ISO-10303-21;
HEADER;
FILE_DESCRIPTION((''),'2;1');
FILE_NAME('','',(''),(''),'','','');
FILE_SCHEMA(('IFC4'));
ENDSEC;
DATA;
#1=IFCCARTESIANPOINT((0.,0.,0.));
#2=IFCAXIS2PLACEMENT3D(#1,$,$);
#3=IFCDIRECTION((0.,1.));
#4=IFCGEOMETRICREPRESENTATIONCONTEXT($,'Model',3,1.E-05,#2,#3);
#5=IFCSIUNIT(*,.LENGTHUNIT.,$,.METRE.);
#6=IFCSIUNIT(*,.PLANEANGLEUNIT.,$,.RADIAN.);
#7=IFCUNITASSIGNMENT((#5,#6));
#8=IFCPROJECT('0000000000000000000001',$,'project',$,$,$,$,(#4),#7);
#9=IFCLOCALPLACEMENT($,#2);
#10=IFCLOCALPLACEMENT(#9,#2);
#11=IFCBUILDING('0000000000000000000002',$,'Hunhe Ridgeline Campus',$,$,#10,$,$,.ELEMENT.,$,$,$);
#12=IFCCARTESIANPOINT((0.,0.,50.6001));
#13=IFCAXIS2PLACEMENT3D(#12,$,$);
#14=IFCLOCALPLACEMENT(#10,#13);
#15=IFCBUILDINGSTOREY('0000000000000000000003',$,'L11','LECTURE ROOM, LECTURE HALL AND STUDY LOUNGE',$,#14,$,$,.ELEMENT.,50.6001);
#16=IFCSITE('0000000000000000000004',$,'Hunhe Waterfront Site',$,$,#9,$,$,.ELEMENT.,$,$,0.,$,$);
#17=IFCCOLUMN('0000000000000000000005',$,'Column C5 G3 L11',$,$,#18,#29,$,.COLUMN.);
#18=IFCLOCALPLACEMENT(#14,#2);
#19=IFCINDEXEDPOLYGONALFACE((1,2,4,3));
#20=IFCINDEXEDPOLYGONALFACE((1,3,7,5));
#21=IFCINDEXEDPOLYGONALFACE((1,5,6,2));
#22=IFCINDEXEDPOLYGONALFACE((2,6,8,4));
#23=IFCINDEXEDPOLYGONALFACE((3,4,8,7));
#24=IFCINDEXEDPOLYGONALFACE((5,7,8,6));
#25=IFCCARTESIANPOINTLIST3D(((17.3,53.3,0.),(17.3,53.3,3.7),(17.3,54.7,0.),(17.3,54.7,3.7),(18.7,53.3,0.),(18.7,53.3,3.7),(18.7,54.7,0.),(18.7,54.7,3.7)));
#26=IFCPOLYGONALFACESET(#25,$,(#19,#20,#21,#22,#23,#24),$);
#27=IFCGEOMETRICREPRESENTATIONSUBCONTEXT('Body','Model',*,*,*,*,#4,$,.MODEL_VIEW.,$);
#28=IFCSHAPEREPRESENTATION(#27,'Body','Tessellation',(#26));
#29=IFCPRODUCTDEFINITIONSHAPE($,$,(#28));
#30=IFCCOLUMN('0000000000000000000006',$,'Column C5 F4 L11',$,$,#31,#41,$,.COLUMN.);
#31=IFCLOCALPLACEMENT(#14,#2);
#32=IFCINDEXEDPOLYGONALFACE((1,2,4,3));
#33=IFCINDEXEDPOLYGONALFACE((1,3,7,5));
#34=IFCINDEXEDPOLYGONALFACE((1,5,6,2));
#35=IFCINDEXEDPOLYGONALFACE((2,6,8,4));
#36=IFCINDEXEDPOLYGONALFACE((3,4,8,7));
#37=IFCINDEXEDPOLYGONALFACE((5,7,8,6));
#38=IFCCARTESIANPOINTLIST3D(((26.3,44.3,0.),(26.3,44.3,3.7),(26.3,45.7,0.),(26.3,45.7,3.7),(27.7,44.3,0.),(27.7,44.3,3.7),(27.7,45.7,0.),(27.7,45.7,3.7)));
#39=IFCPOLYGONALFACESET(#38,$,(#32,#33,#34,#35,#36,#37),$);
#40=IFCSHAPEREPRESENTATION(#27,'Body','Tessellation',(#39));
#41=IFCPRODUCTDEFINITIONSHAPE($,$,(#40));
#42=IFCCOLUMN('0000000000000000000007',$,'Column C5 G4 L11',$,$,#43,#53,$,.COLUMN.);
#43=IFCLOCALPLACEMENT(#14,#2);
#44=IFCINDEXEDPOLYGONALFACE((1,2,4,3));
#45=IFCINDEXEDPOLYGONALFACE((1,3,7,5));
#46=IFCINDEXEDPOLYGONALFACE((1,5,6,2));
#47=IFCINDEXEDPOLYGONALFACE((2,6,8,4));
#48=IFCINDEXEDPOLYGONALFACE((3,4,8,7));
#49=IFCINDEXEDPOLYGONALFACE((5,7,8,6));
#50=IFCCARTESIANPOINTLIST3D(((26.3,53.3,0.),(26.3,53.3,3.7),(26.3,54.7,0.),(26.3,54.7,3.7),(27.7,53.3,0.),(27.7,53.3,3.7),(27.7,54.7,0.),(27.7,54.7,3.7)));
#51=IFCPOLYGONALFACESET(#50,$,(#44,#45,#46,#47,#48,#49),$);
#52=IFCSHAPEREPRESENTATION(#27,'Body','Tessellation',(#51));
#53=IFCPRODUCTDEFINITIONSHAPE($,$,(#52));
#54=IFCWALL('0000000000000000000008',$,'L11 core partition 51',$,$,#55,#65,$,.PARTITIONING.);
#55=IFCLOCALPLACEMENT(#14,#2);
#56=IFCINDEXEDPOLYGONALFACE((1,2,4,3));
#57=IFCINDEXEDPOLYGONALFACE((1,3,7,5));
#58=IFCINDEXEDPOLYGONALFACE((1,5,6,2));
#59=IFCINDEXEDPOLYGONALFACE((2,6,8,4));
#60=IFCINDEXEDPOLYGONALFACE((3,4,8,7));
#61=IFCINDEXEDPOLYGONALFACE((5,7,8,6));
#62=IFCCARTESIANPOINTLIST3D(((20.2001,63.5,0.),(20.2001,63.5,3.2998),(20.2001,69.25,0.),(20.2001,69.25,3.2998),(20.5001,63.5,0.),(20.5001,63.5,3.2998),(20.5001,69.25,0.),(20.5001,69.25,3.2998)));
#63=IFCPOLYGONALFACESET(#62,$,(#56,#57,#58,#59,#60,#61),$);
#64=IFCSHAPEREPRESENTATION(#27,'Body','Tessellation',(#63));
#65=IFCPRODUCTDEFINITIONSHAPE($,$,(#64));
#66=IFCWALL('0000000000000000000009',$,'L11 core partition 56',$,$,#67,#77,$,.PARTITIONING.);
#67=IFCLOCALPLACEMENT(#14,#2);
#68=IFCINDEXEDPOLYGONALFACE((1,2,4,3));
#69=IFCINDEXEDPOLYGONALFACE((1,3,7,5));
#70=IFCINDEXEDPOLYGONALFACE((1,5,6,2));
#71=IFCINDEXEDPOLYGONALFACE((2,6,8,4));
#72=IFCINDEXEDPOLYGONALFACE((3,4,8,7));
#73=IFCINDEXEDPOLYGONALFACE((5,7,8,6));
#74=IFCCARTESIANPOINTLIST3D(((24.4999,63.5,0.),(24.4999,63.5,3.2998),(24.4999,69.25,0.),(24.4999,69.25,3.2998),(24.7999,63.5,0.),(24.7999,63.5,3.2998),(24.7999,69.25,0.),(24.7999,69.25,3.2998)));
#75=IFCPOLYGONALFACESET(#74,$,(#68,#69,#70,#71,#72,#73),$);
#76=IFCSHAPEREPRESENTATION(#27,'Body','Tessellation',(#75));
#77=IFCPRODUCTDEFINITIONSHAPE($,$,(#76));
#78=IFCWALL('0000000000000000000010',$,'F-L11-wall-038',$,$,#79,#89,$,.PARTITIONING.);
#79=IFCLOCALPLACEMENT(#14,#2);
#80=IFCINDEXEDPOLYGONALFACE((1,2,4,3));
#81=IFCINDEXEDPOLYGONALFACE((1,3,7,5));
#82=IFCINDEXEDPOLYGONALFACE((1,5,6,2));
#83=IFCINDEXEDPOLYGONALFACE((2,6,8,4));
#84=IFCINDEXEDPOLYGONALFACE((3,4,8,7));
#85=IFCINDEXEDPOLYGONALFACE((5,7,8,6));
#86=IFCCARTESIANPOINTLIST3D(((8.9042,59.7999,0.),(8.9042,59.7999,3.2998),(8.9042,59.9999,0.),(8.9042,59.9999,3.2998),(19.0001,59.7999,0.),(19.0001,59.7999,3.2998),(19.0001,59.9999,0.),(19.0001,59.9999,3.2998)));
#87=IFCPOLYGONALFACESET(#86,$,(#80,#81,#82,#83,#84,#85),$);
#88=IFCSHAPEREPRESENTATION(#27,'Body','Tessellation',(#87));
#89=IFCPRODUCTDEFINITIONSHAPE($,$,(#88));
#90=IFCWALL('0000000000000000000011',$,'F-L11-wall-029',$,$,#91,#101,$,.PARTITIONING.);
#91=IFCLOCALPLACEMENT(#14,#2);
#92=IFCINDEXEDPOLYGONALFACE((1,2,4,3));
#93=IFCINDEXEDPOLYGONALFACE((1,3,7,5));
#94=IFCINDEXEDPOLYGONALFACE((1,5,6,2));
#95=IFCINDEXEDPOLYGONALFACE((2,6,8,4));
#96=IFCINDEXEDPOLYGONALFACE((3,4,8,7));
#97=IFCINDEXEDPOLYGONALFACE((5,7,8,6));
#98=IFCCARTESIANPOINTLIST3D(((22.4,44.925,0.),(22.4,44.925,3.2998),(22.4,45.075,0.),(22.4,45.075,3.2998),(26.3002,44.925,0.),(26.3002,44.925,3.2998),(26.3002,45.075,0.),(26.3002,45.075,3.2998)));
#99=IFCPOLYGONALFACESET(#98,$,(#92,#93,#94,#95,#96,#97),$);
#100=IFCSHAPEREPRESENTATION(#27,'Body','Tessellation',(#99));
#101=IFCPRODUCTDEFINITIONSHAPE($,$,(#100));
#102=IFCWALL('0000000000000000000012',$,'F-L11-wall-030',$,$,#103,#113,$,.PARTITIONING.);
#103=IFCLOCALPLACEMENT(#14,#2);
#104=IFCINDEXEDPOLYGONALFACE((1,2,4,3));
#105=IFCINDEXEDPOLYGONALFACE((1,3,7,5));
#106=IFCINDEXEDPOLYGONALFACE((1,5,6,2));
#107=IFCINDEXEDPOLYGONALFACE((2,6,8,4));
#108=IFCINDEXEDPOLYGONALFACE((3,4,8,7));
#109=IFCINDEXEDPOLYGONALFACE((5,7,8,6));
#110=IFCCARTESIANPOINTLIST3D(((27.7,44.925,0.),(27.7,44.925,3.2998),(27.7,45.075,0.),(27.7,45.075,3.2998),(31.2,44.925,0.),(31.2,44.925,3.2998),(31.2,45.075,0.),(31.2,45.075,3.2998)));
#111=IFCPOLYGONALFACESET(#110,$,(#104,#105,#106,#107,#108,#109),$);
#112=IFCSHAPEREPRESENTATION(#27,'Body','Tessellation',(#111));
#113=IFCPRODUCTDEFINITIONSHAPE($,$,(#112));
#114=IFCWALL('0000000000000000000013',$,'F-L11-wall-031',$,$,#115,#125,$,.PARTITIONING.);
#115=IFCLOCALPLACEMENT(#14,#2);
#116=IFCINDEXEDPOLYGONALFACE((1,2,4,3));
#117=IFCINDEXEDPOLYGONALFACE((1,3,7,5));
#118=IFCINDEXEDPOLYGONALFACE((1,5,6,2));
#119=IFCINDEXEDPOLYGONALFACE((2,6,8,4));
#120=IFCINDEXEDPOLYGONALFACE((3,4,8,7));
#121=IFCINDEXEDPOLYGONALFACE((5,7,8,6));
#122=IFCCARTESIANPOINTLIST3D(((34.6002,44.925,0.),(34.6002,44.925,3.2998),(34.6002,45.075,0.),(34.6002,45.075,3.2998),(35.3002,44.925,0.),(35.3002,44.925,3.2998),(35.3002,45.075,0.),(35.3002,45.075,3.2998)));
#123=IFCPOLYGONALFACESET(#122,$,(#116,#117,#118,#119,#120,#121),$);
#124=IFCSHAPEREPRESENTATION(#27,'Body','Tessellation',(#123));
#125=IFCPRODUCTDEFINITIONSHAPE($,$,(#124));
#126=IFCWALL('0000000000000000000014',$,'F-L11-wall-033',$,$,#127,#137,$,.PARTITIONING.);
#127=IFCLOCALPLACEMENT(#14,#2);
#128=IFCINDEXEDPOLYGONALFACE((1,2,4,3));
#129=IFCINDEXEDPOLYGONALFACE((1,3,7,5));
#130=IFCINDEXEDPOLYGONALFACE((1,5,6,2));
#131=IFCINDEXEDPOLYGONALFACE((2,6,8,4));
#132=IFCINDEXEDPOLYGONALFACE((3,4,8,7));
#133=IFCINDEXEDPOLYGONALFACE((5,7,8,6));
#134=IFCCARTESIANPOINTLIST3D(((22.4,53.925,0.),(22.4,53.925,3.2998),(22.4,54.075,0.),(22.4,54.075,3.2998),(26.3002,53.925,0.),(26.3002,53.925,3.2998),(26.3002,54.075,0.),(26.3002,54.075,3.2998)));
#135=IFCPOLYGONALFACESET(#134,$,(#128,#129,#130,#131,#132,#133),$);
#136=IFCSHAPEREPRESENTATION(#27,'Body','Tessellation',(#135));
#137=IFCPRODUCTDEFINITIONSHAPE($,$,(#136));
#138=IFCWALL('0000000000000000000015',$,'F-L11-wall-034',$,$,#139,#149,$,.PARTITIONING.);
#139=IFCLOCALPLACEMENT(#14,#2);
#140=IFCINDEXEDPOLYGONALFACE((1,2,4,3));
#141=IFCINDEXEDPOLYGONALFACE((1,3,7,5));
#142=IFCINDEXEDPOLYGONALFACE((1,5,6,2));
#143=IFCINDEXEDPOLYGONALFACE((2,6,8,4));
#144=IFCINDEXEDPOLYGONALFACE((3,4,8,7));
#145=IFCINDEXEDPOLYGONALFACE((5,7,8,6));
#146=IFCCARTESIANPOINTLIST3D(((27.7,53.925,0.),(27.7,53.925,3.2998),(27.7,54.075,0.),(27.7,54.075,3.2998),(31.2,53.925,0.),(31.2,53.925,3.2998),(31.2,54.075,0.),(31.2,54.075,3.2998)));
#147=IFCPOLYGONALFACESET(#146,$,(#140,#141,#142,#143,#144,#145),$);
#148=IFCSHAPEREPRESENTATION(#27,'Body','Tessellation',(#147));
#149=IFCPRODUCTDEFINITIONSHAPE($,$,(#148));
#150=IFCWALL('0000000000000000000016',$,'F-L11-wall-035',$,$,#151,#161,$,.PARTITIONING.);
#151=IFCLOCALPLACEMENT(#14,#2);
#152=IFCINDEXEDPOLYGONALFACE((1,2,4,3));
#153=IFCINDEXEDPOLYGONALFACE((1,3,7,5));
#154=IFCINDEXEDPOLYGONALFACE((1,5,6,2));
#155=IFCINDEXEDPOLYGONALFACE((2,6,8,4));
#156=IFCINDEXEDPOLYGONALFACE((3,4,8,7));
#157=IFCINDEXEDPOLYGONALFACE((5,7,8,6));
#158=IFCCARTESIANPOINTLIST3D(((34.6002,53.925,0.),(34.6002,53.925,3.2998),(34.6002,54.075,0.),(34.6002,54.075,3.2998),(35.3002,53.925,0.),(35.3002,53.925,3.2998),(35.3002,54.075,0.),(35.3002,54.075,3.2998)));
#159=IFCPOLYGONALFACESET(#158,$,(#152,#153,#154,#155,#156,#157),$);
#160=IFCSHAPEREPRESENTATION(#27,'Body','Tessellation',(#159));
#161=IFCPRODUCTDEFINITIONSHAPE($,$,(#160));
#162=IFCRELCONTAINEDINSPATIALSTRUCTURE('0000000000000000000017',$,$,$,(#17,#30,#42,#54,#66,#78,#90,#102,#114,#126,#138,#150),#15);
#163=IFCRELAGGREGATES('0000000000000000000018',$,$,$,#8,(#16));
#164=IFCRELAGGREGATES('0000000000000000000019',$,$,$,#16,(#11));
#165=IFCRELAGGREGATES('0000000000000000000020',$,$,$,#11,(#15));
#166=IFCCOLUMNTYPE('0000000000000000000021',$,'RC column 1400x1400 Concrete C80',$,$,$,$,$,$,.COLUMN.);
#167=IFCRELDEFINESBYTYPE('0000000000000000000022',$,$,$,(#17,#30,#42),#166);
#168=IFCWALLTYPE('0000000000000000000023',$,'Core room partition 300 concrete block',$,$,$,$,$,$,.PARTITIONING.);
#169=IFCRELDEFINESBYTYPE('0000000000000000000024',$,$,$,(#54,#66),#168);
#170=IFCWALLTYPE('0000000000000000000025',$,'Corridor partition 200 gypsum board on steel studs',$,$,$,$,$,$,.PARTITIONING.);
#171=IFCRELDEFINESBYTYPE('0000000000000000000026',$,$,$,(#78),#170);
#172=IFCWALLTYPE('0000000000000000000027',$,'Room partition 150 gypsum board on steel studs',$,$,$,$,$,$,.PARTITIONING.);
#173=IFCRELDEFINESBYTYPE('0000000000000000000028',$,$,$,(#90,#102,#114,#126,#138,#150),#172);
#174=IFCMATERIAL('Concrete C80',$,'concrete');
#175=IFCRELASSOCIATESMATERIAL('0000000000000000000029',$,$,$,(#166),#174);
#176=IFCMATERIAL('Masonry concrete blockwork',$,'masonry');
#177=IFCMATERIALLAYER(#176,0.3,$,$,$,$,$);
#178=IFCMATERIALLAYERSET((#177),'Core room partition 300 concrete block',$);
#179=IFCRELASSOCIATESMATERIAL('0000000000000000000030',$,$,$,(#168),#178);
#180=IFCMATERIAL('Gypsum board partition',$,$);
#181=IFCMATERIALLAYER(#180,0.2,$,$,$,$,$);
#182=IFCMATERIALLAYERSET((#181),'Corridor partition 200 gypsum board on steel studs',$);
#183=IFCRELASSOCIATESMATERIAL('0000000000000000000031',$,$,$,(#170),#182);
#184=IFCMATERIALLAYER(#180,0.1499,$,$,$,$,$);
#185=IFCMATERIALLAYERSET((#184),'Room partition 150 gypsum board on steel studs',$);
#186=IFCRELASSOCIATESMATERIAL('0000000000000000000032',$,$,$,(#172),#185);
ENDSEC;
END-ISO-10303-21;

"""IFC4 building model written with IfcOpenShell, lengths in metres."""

from ifc_helpers import new_model, si_unit, direction, frame, frame_2d, origin, origin_2d, place, context, subcontext, project, spatial, rectangle, extrude, material, layer, layer_set, material_profile, profile_set, type_object, element, save


model = new_model("IFC4")

# Units and contexts
model_context = context("Model", 3, precision=1e-05, world=origin(), true_north=direction((0.0, 1.0)))
body_context = subcontext(model_context, "Body", "Model", "MODEL_VIEW")
ifc_project = project(units=[si_unit("LENGTHUNIT", "METRE"), si_unit("PLANEANGLEUNIT", "RADIAN")], contexts=[model_context])

# Site, building, storey
site_placement = place(None, origin())
site = spatial("IfcSite", under=ifc_project, at=site_placement, Name="Hunhe Waterfront Site", CompositionType="ELEMENT", RefElevation=0.0)
building_placement = place(site_placement, origin())
building = spatial("IfcBuilding", under=site, at=building_placement, Name="Hunhe Ridgeline Campus", CompositionType="ELEMENT")
storey_placement = place(building_placement, frame((0.0, 0.0, 50.6001)))
storey = spatial("IfcBuildingStorey", under=building, at=storey_placement, Name="L11", Description="LECTURE ROOM, LECTURE HALL AND STUDY LOUNGE", CompositionType="ELEMENT", Elevation=50.6001)

# Columns
ifc_material_1 = material(Name="Concrete C80", Category="concrete")
ifc_material_profile = material_profile(ifc_material_1, rectangle(XDim=1.3999, YDim=1.3999, at=origin_2d()))
ifc_profile_set = profile_set([ifc_material_profile], Name="Concrete C80")
column_type = type_object("IfcColumnType", Name="RC column 1400x1400 Concrete C80", PredefinedType="COLUMN", material=ifc_profile_set)
for number, where, z_axis, x_axis, name in (
    (1, (18.0, 54.0, 0.0), (0.0, 0.0, 1.0), (1.0, 0.0, 0.0), "Column C5 G3 L11"),
    (2, (27.0, 45.0, 0.0), (0.0, 0.0, 1.0), (1.0, 0.0, 0.0), "Column C5 F4 L11"),
    (3, (27.0, 54.0, 0.0), (0.0, 0.0, 1.0), (1.0, 0.0, 0.0), "Column C5 G4 L11"),
):
    element("IfcColumn", number, at=place(storey_placement, frame(where, z_axis=z_axis, x_axis=x_axis)), inside=storey, type_object=column_type, Name=name, PredefinedType="COLUMN", context=body_context, shape_type="SweptSolid", body=[
        extrude(rectangle(XDim=1.3999, YDim=1.3999, at=origin_2d()), origin(), (0.0, 0.0, 1.0), 3.7),
    ])

# Walls
ifc_material_2 = material(Name="Masonry concrete blockwork", Category="masonry")
ifc_layer_1 = layer(ifc_material_2, 0.3)
ifc_layer_set_1 = layer_set([ifc_layer_1], Name="Core room partition 300 concrete block")
wall_type_1 = type_object("IfcWallType", Name="Core room partition 300 concrete block", PredefinedType="PARTITIONING", material=ifc_layer_set_1)
for number, where, z_axis, x_axis, name in (
    (4, (20.3501, 63.5, 0.0), (0.0, 0.0, 1.0), (0.0, 1.0, 0.0), "L11 core partition 51"),
    (5, (24.6499, 63.5, 0.0), (0.0, 0.0, 1.0), (0.0, 1.0, 0.0), "L11 core partition 56"),
):
    element("IfcWall", number, at=place(storey_placement, frame(where, z_axis=z_axis, x_axis=x_axis)), inside=storey, type_object=wall_type_1, Name=name, PredefinedType="PARTITIONING", context=body_context, shape_type="SweptSolid", body=[
        extrude(rectangle(XDim=5.75, YDim=0.3, at=frame_2d((2.875, 0.0))), origin(), (0.0, 0.0, 1.0), 3.2998),
    ])
ifc_material_3 = material(Name="Gypsum board partition")
ifc_layer_2 = layer(ifc_material_3, 0.2)
ifc_layer_set_2 = layer_set([ifc_layer_2], Name="Corridor partition 200 gypsum board on steel studs")
wall_type_2 = type_object("IfcWallType", Name="Corridor partition 200 gypsum board on steel studs", PredefinedType="PARTITIONING", material=ifc_layer_set_2)
wall_1_placement = place(storey_placement, frame((19.0, 59.8999, 0.0), z_axis=(0.0, 0.0, 1.0), x_axis=(-1.0, 0.0, 0.0)))
element("IfcWall", 6, at=wall_1_placement, inside=storey, type_object=wall_type_2, Name="F-L11-wall-038", PredefinedType="PARTITIONING", context=body_context, shape_type="SweptSolid", body=[
    extrude(rectangle(XDim=10.0959, YDim=0.2, at=frame_2d((5.0479, 0.0))), origin(), (0.0, 0.0, 1.0), 3.2998),
])

# Walls
ifc_layer_3 = layer(ifc_material_3, 0.1499)
ifc_layer_set_3 = layer_set([ifc_layer_3], Name="Room partition 150 gypsum board on steel studs")
wall_type_3 = type_object("IfcWallType", Name="Room partition 150 gypsum board on steel studs", PredefinedType="PARTITIONING", material=ifc_layer_set_3)
wall_2_placement = place(storey_placement, frame((22.3999, 45.0, 0.0), z_axis=(0.0, 0.0, 1.0), x_axis=(1.0, 0.0, 0.0)))
element("IfcWall", 7, at=wall_2_placement, inside=storey, type_object=wall_type_3, Name="F-L11-wall-029", PredefinedType="PARTITIONING", context=body_context, shape_type="SweptSolid", body=[
    extrude(rectangle(XDim=3.9001, YDim=0.1499, at=frame_2d((1.9502, 0.0))), origin(), (0.0, 0.0, 1.0), 3.2998),
])
wall_3_placement = place(storey_placement, frame((27.7, 45.0, 0.0), z_axis=(0.0, 0.0, 1.0), x_axis=(1.0, 0.0, 0.0)))
element("IfcWall", 8, at=wall_3_placement, inside=storey, type_object=wall_type_3, Name="F-L11-wall-030", PredefinedType="PARTITIONING", context=body_context, shape_type="SweptSolid", body=[
    extrude(rectangle(XDim=3.5, YDim=0.1499, at=frame_2d((1.75, 0.0))), origin(), (0.0, 0.0, 1.0), 3.2998),
])
wall_4_placement = place(storey_placement, frame((34.6001, 45.0, 0.0), z_axis=(0.0, 0.0, 1.0), x_axis=(1.0, 0.0, 0.0)))
element("IfcWall", 9, at=wall_4_placement, inside=storey, type_object=wall_type_3, Name="F-L11-wall-031", PredefinedType="PARTITIONING", context=body_context, shape_type="SweptSolid", body=[
    extrude(rectangle(XDim=0.7, YDim=0.1499, at=frame_2d((0.3501, 0.0))), origin(), (0.0, 0.0, 1.0), 3.2998),
])
wall_5_placement = place(storey_placement, frame((22.3999, 54.0, 0.0), z_axis=(0.0, 0.0, 1.0), x_axis=(1.0, 0.0, 0.0)))
element("IfcWall", 10, at=wall_5_placement, inside=storey, type_object=wall_type_3, Name="F-L11-wall-033", PredefinedType="PARTITIONING", context=body_context, shape_type="SweptSolid", body=[
    extrude(rectangle(XDim=3.9001, YDim=0.1499, at=frame_2d((1.9502, 0.0))), origin(), (0.0, 0.0, 1.0), 3.2998),
])
wall_6_placement = place(storey_placement, frame((27.7, 54.0, 0.0), z_axis=(0.0, 0.0, 1.0), x_axis=(1.0, 0.0, 0.0)))
element("IfcWall", 11, at=wall_6_placement, inside=storey, type_object=wall_type_3, Name="F-L11-wall-034", PredefinedType="PARTITIONING", context=body_context, shape_type="SweptSolid", body=[
    extrude(rectangle(XDim=3.5, YDim=0.1499, at=frame_2d((1.75, 0.0))), origin(), (0.0, 0.0, 1.0), 3.2998),
])
wall_7_placement = place(storey_placement, frame((34.6001, 54.0, 0.0), z_axis=(0.0, 0.0, 1.0), x_axis=(1.0, 0.0, 0.0)))
element("IfcWall", 12, at=wall_7_placement, inside=storey, type_object=wall_type_3, Name="F-L11-wall-035", PredefinedType="PARTITIONING", context=body_context, shape_type="SweptSolid", body=[
    extrude(rectangle(XDim=0.7, YDim=0.1499, at=frame_2d((0.3501, 0.0))), origin(), (0.0, 0.0, 1.0), 3.2998),
])

save(model, "model.ifc")
